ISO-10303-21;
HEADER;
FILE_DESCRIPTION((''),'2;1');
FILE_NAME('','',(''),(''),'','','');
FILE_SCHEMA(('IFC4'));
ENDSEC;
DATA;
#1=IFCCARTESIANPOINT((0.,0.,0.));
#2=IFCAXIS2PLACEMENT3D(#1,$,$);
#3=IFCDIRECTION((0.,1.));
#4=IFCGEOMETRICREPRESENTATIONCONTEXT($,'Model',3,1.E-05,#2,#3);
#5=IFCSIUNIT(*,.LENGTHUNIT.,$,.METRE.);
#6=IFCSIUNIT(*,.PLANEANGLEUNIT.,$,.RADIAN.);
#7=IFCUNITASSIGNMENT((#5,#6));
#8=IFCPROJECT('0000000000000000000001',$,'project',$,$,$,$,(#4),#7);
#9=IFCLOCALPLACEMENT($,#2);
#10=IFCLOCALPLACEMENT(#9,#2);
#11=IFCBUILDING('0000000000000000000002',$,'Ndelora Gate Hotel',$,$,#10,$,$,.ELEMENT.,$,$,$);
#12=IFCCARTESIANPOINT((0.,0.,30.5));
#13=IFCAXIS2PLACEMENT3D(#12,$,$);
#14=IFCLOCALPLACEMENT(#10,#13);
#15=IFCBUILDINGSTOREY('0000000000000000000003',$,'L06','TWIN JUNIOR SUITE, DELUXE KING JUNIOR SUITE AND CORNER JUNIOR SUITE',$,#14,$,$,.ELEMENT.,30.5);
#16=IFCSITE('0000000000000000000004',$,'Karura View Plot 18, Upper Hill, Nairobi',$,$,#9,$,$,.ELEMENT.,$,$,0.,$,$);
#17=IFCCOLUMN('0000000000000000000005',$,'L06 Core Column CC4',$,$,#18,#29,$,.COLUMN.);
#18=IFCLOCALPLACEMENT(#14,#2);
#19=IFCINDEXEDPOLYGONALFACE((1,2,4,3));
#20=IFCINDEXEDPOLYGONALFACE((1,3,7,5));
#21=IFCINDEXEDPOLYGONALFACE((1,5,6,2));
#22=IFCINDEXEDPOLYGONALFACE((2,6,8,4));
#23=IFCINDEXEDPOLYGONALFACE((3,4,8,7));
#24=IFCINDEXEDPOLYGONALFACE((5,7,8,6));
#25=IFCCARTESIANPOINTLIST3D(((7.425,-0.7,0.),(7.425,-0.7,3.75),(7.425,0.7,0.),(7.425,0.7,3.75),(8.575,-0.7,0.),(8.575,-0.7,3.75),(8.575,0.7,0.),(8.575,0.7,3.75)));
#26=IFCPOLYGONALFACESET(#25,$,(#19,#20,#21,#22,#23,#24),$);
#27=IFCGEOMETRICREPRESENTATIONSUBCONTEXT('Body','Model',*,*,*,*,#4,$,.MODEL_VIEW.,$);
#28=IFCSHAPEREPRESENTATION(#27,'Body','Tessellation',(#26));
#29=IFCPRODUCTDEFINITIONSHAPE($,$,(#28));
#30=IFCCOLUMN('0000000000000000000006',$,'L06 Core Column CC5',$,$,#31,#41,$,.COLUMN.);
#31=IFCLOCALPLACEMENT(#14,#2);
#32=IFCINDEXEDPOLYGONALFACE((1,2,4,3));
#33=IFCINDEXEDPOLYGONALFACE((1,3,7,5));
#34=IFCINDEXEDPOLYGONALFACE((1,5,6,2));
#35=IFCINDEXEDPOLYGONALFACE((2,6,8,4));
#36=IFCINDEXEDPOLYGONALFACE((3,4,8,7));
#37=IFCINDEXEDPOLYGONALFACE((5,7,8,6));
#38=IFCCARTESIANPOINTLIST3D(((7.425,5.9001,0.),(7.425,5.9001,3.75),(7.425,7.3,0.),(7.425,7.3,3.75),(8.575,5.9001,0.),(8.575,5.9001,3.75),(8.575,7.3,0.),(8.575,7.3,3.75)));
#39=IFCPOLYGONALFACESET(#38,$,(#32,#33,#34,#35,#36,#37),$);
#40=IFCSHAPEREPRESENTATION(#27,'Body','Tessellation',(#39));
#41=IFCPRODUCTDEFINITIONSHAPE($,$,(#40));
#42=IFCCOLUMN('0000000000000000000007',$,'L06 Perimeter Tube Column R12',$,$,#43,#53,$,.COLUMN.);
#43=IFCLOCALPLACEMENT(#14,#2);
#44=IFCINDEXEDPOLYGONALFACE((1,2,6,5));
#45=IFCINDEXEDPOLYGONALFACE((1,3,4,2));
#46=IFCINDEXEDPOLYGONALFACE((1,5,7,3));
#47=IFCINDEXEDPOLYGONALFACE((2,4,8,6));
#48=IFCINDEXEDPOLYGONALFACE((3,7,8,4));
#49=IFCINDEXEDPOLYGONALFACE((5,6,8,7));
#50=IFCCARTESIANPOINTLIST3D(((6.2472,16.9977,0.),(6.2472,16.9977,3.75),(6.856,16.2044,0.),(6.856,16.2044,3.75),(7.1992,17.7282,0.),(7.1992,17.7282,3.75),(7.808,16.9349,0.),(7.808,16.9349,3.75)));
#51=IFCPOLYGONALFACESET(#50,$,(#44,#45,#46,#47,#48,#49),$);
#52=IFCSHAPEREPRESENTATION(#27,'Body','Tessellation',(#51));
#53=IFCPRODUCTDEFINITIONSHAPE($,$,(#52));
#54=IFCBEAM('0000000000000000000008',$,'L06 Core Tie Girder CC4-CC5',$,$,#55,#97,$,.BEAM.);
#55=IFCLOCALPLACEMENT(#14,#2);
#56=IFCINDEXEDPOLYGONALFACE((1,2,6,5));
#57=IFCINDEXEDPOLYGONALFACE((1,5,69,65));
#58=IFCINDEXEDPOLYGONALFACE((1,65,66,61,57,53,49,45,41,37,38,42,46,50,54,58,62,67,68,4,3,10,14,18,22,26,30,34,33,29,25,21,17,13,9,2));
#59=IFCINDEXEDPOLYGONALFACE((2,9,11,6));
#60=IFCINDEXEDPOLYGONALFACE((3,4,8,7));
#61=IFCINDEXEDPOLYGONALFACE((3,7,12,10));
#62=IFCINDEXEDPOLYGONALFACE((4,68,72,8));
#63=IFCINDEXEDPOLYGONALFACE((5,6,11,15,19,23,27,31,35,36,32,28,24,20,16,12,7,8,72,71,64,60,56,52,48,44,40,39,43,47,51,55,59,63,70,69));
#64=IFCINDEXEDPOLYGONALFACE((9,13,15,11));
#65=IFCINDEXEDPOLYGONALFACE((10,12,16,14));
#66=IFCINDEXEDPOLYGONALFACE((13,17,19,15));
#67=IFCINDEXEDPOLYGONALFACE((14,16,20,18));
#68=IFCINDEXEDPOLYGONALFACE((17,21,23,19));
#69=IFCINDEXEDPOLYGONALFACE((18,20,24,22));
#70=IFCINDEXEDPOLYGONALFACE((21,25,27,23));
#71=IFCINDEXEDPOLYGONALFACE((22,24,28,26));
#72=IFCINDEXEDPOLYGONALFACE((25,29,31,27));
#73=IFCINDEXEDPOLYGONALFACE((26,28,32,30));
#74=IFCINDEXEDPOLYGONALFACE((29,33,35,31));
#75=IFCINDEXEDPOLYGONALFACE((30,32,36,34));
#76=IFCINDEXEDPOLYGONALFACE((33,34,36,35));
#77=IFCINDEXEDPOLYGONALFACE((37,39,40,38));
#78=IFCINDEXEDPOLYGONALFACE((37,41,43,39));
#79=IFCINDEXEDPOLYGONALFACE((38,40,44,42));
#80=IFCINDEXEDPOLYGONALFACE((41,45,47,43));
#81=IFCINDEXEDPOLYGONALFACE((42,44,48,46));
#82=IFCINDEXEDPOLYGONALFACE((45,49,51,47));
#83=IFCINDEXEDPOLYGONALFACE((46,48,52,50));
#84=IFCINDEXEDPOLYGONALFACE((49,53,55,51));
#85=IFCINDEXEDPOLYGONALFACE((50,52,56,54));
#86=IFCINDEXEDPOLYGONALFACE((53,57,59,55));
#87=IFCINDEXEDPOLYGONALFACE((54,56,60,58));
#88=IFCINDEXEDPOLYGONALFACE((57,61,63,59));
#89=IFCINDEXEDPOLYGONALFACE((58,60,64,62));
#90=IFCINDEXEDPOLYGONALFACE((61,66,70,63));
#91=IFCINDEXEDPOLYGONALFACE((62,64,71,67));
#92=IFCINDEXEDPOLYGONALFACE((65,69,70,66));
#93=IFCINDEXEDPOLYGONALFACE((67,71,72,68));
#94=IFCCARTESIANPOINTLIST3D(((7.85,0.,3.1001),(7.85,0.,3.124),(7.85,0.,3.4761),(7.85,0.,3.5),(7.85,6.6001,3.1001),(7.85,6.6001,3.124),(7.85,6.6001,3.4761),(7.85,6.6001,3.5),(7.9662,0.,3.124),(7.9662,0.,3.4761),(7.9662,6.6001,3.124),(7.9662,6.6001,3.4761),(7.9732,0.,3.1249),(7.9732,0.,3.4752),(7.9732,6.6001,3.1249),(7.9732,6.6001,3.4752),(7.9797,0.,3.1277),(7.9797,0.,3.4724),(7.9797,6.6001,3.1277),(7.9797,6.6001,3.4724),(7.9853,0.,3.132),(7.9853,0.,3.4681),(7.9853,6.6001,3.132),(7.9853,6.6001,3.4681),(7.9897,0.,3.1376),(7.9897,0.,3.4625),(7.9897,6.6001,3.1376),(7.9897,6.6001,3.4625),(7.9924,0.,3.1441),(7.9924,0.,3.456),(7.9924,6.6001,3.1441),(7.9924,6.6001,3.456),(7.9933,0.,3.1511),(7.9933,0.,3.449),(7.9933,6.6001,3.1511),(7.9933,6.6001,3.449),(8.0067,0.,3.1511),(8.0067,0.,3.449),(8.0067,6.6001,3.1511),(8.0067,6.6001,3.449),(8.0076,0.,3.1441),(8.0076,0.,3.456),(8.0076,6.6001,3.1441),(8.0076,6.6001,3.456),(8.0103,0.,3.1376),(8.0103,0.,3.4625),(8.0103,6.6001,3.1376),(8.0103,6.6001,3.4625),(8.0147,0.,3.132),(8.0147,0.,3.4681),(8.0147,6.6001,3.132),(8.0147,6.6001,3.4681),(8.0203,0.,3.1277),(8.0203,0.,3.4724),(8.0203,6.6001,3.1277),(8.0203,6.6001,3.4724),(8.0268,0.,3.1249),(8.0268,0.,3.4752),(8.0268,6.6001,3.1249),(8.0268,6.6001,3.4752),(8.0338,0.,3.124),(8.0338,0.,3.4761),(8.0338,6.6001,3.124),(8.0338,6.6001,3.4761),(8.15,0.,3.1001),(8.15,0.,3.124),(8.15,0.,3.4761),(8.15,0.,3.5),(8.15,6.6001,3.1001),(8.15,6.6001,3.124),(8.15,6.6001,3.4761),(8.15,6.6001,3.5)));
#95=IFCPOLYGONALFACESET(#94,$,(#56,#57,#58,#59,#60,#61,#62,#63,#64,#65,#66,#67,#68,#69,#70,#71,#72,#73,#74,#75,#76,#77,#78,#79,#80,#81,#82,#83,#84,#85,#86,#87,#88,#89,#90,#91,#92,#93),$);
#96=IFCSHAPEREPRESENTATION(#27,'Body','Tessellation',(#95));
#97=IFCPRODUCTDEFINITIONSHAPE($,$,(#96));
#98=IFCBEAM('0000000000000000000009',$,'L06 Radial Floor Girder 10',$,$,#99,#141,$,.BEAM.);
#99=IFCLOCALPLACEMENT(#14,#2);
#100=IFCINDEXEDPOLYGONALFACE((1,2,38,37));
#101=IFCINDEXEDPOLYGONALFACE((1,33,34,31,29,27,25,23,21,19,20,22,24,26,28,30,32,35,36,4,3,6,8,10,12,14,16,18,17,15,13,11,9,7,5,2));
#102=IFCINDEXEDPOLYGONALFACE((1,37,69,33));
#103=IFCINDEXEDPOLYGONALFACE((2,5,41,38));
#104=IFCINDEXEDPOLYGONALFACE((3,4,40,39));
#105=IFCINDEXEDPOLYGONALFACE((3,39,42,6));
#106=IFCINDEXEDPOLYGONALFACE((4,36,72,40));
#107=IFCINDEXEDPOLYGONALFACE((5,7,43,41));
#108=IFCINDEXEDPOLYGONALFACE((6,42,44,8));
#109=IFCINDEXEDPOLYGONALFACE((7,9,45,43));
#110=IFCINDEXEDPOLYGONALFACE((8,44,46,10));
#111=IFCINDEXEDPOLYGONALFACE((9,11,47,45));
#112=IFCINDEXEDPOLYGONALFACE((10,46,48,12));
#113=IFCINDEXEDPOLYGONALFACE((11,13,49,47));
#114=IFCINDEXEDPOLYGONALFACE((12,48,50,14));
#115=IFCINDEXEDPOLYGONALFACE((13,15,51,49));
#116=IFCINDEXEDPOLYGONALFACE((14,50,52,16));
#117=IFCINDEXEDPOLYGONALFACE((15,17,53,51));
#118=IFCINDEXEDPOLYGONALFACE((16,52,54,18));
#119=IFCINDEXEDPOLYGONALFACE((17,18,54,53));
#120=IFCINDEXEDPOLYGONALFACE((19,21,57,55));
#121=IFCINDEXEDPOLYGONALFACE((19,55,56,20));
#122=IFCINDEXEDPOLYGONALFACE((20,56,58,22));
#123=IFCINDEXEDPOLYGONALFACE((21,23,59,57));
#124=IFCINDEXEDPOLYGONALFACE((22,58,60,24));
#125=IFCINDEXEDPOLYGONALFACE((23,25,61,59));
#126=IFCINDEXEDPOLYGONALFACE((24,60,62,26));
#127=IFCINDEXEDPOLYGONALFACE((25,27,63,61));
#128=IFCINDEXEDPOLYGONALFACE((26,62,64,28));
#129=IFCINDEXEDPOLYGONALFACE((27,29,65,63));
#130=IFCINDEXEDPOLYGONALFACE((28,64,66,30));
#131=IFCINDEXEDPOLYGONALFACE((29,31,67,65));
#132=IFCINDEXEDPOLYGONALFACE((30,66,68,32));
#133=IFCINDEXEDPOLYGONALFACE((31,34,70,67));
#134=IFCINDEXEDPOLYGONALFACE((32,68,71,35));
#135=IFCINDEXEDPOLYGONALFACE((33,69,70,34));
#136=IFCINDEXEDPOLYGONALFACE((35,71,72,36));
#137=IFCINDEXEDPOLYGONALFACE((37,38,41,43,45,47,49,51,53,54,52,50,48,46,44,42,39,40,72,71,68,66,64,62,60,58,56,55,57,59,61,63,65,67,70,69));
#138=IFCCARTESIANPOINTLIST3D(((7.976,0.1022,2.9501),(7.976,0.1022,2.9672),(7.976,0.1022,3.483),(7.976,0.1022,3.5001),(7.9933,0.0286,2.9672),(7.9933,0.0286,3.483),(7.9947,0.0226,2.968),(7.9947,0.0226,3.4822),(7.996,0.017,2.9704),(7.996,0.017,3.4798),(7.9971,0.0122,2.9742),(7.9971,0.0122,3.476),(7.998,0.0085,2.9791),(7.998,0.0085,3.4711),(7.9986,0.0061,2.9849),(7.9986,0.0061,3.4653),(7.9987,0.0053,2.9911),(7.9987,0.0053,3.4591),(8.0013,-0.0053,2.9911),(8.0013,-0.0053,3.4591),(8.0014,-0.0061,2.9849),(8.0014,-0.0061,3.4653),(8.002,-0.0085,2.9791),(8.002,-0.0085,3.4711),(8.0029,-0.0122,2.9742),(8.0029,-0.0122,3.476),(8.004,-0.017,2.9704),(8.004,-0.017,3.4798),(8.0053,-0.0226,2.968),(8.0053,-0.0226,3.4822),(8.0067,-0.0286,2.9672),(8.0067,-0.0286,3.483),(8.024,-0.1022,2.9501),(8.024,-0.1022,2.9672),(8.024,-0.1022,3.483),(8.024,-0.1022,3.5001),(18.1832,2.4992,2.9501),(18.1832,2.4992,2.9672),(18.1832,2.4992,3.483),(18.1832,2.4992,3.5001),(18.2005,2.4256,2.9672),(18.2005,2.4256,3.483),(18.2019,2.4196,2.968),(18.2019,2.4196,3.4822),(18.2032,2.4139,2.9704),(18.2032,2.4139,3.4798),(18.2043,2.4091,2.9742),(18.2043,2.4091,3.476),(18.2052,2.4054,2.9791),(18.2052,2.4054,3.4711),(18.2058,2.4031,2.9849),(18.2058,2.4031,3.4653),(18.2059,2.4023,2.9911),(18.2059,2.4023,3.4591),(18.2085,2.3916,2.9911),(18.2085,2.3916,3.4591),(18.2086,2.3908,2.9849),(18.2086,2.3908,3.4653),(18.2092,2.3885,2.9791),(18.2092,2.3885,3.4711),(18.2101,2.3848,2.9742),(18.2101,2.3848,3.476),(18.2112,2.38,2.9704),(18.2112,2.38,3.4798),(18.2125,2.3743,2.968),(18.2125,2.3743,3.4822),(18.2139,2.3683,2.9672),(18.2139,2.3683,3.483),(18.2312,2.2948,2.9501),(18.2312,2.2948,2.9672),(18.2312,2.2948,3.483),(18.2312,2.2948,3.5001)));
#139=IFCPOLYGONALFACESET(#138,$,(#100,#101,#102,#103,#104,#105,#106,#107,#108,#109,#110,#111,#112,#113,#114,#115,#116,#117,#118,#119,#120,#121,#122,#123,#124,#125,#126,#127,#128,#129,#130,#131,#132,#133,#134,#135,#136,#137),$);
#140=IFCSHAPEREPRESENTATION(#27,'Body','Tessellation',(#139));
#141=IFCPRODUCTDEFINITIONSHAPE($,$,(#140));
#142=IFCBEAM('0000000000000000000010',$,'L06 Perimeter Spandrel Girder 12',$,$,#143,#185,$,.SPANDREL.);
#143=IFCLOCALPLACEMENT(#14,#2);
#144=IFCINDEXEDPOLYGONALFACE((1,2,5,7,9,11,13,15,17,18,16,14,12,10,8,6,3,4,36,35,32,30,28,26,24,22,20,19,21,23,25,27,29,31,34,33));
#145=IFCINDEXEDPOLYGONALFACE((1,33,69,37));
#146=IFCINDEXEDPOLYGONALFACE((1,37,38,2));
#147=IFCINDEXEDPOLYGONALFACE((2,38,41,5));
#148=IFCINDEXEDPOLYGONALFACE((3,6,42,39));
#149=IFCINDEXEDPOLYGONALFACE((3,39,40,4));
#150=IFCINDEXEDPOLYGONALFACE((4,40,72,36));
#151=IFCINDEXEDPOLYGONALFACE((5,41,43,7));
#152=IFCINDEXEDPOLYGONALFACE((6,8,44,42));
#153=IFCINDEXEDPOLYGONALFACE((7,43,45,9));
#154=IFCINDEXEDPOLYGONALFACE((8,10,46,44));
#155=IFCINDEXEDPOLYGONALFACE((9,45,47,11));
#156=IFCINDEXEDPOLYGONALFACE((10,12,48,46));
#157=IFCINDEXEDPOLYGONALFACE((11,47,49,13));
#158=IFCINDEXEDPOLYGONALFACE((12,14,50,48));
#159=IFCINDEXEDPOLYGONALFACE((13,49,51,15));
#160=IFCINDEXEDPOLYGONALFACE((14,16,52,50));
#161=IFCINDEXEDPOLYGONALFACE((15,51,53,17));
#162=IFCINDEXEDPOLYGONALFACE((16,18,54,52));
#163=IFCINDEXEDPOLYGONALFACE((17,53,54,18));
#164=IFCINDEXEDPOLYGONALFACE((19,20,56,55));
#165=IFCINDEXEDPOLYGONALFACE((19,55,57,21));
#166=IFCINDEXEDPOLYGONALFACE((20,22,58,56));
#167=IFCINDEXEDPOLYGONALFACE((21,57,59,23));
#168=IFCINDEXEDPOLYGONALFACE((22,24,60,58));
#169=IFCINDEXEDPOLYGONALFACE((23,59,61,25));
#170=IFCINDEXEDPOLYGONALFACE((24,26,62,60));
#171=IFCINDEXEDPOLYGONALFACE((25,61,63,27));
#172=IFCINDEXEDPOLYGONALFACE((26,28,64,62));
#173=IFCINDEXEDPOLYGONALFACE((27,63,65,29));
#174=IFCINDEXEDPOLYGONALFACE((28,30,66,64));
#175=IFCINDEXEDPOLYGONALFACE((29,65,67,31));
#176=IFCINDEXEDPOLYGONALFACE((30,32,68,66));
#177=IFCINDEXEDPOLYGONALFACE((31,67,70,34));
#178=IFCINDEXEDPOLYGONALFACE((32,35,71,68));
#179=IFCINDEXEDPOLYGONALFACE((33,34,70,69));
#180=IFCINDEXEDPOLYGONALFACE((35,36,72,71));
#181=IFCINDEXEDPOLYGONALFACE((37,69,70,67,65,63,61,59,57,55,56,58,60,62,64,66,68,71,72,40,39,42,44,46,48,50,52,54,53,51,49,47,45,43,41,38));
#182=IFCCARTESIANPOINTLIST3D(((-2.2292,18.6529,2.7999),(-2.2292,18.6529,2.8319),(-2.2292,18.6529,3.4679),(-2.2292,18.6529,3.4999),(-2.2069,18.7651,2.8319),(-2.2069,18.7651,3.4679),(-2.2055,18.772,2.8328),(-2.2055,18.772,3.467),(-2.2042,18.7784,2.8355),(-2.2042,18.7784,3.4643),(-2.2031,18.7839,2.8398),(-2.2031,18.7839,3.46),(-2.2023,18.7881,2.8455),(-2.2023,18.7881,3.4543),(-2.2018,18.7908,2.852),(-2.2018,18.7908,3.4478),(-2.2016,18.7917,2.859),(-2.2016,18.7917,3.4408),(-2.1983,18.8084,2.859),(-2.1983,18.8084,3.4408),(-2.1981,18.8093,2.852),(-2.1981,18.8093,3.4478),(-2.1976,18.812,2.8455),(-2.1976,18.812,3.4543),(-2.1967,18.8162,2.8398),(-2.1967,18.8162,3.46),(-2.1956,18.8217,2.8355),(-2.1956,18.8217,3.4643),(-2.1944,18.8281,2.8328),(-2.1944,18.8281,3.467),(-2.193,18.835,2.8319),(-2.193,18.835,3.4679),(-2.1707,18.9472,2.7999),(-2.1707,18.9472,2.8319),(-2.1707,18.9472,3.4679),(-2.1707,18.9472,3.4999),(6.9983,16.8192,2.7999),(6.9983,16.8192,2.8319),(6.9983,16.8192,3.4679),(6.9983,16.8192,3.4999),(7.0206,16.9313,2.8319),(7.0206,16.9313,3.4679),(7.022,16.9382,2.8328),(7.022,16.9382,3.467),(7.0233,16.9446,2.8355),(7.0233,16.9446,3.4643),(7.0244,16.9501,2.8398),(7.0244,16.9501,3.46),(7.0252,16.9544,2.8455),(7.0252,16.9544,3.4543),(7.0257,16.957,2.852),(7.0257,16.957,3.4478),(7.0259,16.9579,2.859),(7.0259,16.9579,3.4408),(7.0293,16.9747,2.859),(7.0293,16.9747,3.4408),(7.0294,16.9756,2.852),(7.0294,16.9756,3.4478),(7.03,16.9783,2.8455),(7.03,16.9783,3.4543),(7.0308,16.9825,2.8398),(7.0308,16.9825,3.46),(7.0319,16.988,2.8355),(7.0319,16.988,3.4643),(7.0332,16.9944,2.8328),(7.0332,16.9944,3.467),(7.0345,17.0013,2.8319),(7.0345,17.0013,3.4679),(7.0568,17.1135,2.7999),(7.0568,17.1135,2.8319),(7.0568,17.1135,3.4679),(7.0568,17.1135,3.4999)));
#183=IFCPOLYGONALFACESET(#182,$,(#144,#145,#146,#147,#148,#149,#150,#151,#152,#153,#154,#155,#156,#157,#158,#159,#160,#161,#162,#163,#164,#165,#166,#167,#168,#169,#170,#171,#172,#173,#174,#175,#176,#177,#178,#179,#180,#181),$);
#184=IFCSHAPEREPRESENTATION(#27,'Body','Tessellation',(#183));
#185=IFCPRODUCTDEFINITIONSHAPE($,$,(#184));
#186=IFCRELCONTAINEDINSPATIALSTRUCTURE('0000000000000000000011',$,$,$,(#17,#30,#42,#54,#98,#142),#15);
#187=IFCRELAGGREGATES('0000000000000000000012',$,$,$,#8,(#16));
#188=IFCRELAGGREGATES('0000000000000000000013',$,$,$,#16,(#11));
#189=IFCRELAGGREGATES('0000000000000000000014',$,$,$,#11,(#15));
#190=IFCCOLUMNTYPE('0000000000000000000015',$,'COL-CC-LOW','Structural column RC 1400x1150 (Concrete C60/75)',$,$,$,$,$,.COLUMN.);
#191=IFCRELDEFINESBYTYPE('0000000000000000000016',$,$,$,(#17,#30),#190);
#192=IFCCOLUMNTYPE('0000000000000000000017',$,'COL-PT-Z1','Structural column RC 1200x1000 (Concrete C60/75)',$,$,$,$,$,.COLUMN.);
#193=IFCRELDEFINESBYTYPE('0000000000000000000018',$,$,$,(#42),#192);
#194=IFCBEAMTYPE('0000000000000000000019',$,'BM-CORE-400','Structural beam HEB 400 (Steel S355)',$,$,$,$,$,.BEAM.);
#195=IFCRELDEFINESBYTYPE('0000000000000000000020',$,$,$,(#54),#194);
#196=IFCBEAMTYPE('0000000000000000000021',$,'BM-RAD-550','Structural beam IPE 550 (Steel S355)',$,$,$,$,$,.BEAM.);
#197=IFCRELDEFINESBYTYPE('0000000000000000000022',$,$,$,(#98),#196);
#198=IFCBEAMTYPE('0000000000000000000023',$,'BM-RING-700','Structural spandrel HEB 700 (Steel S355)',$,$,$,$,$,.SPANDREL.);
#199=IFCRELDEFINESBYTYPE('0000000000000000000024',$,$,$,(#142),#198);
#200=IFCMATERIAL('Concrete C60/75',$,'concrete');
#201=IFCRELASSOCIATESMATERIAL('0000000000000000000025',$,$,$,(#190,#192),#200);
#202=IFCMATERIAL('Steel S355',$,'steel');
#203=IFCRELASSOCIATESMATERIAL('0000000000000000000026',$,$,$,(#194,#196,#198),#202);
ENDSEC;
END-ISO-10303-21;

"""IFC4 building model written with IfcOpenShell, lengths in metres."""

from ifc_helpers import new_model, si_unit, direction, frame, origin, origin_2d, place, context, subcontext, project, spatial, rectangle, i_section, extrude, material, material_profile, profile_set, type_object, element, save


model = new_model("IFC4")

# Units and contexts
model_context = context("Model", 3, precision=1e-05, world=origin(), true_north=direction((0.0, 1.0)))
body_context = subcontext(model_context, "Body", "Model", "MODEL_VIEW")
ifc_project = project(units=[si_unit("LENGTHUNIT", "METRE"), si_unit("PLANEANGLEUNIT", "RADIAN")], contexts=[model_context])

# Site, building, storey
site_placement = place(None, origin())
site = spatial("IfcSite", under=ifc_project, at=site_placement, Name="Karura View Plot 18, Upper Hill, Nairobi", CompositionType="ELEMENT", RefElevation=0.0)
building_placement = place(site_placement, origin())
building = spatial("IfcBuilding", under=site, at=building_placement, Name="Ndelora Gate Hotel", CompositionType="ELEMENT")
storey_placement = place(building_placement, frame((0.0, 0.0, 30.5)))
storey = spatial("IfcBuildingStorey", under=building, at=storey_placement, Name="L06", Description="TWIN JUNIOR SUITE, DELUXE KING JUNIOR SUITE AND CORNER JUNIOR SUITE", CompositionType="ELEMENT", Elevation=30.5)

# Columns
ifc_material_1 = material(Name="Concrete C60/75", Category="concrete")
ifc_material_profile_1 = material_profile(ifc_material_1, rectangle(XDim=1.1499, YDim=1.3999, at=origin_2d()), Name="RC 1400x1150")
ifc_profile_set_1 = profile_set([ifc_material_profile_1], Name="Concrete C60/75")
column_type_1 = type_object("IfcColumnType", Name="COL-CC-LOW", Description="Structural column RC 1400x1150 (Concrete C60/75)", PredefinedType="COLUMN", material=ifc_profile_set_1)
for number, where, z_axis, x_axis, name in (
    (1, (8.0, 0.0, 0.0), (0.0, 0.0, 1.0), (1.0, 0.0, 0.0), "L06 Core Column CC4"),
    (2, (8.0, 6.6001, 0.0), (0.0, 0.0, 1.0), (1.0, 0.0, 0.0), "L06 Core Column CC5"),
):
    element("IfcColumn", number, at=place(storey_placement, frame(where, z_axis=z_axis, x_axis=x_axis)), inside=storey, type_object=column_type_1, Name=name, PredefinedType="COLUMN", context=body_context, shape_type="SweptSolid", body=[
        extrude(rectangle(XDim=1.1499, YDim=1.3999, at=origin_2d()), origin(), (0.0, 0.0, 1.0), 3.75),
    ])
ifc_material_profile_2 = material_profile(ifc_material_1, rectangle(XDim=1.0, YDim=1.2, at=origin_2d()), Name="RC 1200x1000")
ifc_profile_set_2 = profile_set([ifc_material_profile_2], Name="Concrete C60/75")
column_type_2 = type_object("IfcColumnType", Name="COL-PT-Z1", Description="Structural column RC 1200x1000 (Concrete C60/75)", PredefinedType="COLUMN", material=ifc_profile_set_2)
column_placement = place(storey_placement, frame((7.0276, 16.9663, 0.0), z_axis=(0.0, 0.0, 1.0), x_axis=(-0.608761, 0.793353, 0.0)))
element("IfcColumn", 3, at=column_placement, inside=storey, type_object=column_type_2, Name="L06 Perimeter Tube Column R12", PredefinedType="COLUMN", context=body_context, shape_type="SweptSolid", body=[
    extrude(rectangle(XDim=1.0, YDim=1.2, at=origin_2d()), origin(), (0.0, 0.0, 1.0), 3.75),
])

# Beams
ifc_material_2 = material(Name="Steel S355", Category="steel")
ifc_material_profile_3 = material_profile(ifc_material_2, i_section(OverallWidth=0.3, OverallDepth=0.3999, WebThickness=0.0134, FlangeThickness=0.0239, FilletRadius=0.0271, at=origin_2d()), Name="HEB 400")
ifc_profile_set_3 = profile_set([ifc_material_profile_3], Name="Steel S355")
beam_type_1 = type_object("IfcBeamType", Name="BM-CORE-400", Description="Structural beam HEB 400 (Steel S355)", PredefinedType="BEAM", material=ifc_profile_set_3)
beam_1_placement = place(storey_placement, frame((8.0, 0.0, 3.3), z_axis=(0.0, 1.0, 0.0), x_axis=(-1.0, 0.0, 0.0)))
element("IfcBeam", 4, at=beam_1_placement, inside=storey, type_object=beam_type_1, Name="L06 Core Tie Girder CC4-CC5", PredefinedType="BEAM", context=body_context, shape_type="SweptSolid", body=[
    extrude(i_section(OverallWidth=0.3, OverallDepth=0.3999, WebThickness=0.0134, FlangeThickness=0.0239, FilletRadius=0.0271, at=origin_2d()), origin(), (0.0, 0.0, 1.0), 6.6001),
])
ifc_material_profile_4 = material_profile(ifc_material_2, i_section(OverallWidth=0.21, OverallDepth=0.55, WebThickness=0.011, FlangeThickness=0.0171, FilletRadius=0.0239, at=origin_2d()), Name="IPE 550")
ifc_profile_set_4 = profile_set([ifc_material_profile_4], Name="Steel S355")
beam_type_2 = type_object("IfcBeamType", Name="BM-RAD-550", Description="Structural beam IPE 550 (Steel S355)", PredefinedType="BEAM", material=ifc_profile_set_4)
beam_2_placement = place(storey_placement, frame((8.0, 0.0, 3.2251), z_axis=(0.973518, 0.228611, 0.0), x_axis=(-0.228611, 0.973518, 0.0)))
element("IfcBeam", 5, at=beam_2_placement, inside=storey, type_object=beam_type_2, Name="L06 Radial Floor Girder 10", PredefinedType="BEAM", context=body_context, shape_type="SweptSolid", body=[
    extrude(i_section(OverallWidth=0.21, OverallDepth=0.55, WebThickness=0.011, FlangeThickness=0.0171, FilletRadius=0.0239, at=origin_2d()), origin(), (0.0, 0.0, 1.0), 10.4849),
])
ifc_material_profile_5 = material_profile(ifc_material_2, i_section(OverallWidth=0.3, OverallDepth=0.7, WebThickness=0.0171, FlangeThickness=0.032, FilletRadius=0.0271, at=origin_2d()), Name="HEB 700")
ifc_profile_set_5 = profile_set([ifc_material_profile_5], Name="Steel S355")
beam_type_3 = type_object("IfcBeamType", Name="BM-RING-700", Description="Structural spandrel HEB 700 (Steel S355)", PredefinedType="SPANDREL", material=ifc_profile_set_5)
beam_3_placement = place(storey_placement, frame((7.0276, 16.9663, 3.1499), z_axis=(-0.98082, 0.194913, 0.0), x_axis=(-0.194913, -0.98082, 0.0)))
element("IfcBeam", 6, at=beam_3_placement, inside=storey, type_object=beam_type_3, Name="L06 Perimeter Spandrel Girder 12", PredefinedType="SPANDREL", context=body_context, shape_type="SweptSolid", body=[
    extrude(i_section(OverallWidth=0.3, OverallDepth=0.7, WebThickness=0.0171, FlangeThickness=0.032, FilletRadius=0.0271, at=origin_2d()), origin(), (0.0, 0.0, 1.0), 9.408),
])

save(model, "model.ifc")
